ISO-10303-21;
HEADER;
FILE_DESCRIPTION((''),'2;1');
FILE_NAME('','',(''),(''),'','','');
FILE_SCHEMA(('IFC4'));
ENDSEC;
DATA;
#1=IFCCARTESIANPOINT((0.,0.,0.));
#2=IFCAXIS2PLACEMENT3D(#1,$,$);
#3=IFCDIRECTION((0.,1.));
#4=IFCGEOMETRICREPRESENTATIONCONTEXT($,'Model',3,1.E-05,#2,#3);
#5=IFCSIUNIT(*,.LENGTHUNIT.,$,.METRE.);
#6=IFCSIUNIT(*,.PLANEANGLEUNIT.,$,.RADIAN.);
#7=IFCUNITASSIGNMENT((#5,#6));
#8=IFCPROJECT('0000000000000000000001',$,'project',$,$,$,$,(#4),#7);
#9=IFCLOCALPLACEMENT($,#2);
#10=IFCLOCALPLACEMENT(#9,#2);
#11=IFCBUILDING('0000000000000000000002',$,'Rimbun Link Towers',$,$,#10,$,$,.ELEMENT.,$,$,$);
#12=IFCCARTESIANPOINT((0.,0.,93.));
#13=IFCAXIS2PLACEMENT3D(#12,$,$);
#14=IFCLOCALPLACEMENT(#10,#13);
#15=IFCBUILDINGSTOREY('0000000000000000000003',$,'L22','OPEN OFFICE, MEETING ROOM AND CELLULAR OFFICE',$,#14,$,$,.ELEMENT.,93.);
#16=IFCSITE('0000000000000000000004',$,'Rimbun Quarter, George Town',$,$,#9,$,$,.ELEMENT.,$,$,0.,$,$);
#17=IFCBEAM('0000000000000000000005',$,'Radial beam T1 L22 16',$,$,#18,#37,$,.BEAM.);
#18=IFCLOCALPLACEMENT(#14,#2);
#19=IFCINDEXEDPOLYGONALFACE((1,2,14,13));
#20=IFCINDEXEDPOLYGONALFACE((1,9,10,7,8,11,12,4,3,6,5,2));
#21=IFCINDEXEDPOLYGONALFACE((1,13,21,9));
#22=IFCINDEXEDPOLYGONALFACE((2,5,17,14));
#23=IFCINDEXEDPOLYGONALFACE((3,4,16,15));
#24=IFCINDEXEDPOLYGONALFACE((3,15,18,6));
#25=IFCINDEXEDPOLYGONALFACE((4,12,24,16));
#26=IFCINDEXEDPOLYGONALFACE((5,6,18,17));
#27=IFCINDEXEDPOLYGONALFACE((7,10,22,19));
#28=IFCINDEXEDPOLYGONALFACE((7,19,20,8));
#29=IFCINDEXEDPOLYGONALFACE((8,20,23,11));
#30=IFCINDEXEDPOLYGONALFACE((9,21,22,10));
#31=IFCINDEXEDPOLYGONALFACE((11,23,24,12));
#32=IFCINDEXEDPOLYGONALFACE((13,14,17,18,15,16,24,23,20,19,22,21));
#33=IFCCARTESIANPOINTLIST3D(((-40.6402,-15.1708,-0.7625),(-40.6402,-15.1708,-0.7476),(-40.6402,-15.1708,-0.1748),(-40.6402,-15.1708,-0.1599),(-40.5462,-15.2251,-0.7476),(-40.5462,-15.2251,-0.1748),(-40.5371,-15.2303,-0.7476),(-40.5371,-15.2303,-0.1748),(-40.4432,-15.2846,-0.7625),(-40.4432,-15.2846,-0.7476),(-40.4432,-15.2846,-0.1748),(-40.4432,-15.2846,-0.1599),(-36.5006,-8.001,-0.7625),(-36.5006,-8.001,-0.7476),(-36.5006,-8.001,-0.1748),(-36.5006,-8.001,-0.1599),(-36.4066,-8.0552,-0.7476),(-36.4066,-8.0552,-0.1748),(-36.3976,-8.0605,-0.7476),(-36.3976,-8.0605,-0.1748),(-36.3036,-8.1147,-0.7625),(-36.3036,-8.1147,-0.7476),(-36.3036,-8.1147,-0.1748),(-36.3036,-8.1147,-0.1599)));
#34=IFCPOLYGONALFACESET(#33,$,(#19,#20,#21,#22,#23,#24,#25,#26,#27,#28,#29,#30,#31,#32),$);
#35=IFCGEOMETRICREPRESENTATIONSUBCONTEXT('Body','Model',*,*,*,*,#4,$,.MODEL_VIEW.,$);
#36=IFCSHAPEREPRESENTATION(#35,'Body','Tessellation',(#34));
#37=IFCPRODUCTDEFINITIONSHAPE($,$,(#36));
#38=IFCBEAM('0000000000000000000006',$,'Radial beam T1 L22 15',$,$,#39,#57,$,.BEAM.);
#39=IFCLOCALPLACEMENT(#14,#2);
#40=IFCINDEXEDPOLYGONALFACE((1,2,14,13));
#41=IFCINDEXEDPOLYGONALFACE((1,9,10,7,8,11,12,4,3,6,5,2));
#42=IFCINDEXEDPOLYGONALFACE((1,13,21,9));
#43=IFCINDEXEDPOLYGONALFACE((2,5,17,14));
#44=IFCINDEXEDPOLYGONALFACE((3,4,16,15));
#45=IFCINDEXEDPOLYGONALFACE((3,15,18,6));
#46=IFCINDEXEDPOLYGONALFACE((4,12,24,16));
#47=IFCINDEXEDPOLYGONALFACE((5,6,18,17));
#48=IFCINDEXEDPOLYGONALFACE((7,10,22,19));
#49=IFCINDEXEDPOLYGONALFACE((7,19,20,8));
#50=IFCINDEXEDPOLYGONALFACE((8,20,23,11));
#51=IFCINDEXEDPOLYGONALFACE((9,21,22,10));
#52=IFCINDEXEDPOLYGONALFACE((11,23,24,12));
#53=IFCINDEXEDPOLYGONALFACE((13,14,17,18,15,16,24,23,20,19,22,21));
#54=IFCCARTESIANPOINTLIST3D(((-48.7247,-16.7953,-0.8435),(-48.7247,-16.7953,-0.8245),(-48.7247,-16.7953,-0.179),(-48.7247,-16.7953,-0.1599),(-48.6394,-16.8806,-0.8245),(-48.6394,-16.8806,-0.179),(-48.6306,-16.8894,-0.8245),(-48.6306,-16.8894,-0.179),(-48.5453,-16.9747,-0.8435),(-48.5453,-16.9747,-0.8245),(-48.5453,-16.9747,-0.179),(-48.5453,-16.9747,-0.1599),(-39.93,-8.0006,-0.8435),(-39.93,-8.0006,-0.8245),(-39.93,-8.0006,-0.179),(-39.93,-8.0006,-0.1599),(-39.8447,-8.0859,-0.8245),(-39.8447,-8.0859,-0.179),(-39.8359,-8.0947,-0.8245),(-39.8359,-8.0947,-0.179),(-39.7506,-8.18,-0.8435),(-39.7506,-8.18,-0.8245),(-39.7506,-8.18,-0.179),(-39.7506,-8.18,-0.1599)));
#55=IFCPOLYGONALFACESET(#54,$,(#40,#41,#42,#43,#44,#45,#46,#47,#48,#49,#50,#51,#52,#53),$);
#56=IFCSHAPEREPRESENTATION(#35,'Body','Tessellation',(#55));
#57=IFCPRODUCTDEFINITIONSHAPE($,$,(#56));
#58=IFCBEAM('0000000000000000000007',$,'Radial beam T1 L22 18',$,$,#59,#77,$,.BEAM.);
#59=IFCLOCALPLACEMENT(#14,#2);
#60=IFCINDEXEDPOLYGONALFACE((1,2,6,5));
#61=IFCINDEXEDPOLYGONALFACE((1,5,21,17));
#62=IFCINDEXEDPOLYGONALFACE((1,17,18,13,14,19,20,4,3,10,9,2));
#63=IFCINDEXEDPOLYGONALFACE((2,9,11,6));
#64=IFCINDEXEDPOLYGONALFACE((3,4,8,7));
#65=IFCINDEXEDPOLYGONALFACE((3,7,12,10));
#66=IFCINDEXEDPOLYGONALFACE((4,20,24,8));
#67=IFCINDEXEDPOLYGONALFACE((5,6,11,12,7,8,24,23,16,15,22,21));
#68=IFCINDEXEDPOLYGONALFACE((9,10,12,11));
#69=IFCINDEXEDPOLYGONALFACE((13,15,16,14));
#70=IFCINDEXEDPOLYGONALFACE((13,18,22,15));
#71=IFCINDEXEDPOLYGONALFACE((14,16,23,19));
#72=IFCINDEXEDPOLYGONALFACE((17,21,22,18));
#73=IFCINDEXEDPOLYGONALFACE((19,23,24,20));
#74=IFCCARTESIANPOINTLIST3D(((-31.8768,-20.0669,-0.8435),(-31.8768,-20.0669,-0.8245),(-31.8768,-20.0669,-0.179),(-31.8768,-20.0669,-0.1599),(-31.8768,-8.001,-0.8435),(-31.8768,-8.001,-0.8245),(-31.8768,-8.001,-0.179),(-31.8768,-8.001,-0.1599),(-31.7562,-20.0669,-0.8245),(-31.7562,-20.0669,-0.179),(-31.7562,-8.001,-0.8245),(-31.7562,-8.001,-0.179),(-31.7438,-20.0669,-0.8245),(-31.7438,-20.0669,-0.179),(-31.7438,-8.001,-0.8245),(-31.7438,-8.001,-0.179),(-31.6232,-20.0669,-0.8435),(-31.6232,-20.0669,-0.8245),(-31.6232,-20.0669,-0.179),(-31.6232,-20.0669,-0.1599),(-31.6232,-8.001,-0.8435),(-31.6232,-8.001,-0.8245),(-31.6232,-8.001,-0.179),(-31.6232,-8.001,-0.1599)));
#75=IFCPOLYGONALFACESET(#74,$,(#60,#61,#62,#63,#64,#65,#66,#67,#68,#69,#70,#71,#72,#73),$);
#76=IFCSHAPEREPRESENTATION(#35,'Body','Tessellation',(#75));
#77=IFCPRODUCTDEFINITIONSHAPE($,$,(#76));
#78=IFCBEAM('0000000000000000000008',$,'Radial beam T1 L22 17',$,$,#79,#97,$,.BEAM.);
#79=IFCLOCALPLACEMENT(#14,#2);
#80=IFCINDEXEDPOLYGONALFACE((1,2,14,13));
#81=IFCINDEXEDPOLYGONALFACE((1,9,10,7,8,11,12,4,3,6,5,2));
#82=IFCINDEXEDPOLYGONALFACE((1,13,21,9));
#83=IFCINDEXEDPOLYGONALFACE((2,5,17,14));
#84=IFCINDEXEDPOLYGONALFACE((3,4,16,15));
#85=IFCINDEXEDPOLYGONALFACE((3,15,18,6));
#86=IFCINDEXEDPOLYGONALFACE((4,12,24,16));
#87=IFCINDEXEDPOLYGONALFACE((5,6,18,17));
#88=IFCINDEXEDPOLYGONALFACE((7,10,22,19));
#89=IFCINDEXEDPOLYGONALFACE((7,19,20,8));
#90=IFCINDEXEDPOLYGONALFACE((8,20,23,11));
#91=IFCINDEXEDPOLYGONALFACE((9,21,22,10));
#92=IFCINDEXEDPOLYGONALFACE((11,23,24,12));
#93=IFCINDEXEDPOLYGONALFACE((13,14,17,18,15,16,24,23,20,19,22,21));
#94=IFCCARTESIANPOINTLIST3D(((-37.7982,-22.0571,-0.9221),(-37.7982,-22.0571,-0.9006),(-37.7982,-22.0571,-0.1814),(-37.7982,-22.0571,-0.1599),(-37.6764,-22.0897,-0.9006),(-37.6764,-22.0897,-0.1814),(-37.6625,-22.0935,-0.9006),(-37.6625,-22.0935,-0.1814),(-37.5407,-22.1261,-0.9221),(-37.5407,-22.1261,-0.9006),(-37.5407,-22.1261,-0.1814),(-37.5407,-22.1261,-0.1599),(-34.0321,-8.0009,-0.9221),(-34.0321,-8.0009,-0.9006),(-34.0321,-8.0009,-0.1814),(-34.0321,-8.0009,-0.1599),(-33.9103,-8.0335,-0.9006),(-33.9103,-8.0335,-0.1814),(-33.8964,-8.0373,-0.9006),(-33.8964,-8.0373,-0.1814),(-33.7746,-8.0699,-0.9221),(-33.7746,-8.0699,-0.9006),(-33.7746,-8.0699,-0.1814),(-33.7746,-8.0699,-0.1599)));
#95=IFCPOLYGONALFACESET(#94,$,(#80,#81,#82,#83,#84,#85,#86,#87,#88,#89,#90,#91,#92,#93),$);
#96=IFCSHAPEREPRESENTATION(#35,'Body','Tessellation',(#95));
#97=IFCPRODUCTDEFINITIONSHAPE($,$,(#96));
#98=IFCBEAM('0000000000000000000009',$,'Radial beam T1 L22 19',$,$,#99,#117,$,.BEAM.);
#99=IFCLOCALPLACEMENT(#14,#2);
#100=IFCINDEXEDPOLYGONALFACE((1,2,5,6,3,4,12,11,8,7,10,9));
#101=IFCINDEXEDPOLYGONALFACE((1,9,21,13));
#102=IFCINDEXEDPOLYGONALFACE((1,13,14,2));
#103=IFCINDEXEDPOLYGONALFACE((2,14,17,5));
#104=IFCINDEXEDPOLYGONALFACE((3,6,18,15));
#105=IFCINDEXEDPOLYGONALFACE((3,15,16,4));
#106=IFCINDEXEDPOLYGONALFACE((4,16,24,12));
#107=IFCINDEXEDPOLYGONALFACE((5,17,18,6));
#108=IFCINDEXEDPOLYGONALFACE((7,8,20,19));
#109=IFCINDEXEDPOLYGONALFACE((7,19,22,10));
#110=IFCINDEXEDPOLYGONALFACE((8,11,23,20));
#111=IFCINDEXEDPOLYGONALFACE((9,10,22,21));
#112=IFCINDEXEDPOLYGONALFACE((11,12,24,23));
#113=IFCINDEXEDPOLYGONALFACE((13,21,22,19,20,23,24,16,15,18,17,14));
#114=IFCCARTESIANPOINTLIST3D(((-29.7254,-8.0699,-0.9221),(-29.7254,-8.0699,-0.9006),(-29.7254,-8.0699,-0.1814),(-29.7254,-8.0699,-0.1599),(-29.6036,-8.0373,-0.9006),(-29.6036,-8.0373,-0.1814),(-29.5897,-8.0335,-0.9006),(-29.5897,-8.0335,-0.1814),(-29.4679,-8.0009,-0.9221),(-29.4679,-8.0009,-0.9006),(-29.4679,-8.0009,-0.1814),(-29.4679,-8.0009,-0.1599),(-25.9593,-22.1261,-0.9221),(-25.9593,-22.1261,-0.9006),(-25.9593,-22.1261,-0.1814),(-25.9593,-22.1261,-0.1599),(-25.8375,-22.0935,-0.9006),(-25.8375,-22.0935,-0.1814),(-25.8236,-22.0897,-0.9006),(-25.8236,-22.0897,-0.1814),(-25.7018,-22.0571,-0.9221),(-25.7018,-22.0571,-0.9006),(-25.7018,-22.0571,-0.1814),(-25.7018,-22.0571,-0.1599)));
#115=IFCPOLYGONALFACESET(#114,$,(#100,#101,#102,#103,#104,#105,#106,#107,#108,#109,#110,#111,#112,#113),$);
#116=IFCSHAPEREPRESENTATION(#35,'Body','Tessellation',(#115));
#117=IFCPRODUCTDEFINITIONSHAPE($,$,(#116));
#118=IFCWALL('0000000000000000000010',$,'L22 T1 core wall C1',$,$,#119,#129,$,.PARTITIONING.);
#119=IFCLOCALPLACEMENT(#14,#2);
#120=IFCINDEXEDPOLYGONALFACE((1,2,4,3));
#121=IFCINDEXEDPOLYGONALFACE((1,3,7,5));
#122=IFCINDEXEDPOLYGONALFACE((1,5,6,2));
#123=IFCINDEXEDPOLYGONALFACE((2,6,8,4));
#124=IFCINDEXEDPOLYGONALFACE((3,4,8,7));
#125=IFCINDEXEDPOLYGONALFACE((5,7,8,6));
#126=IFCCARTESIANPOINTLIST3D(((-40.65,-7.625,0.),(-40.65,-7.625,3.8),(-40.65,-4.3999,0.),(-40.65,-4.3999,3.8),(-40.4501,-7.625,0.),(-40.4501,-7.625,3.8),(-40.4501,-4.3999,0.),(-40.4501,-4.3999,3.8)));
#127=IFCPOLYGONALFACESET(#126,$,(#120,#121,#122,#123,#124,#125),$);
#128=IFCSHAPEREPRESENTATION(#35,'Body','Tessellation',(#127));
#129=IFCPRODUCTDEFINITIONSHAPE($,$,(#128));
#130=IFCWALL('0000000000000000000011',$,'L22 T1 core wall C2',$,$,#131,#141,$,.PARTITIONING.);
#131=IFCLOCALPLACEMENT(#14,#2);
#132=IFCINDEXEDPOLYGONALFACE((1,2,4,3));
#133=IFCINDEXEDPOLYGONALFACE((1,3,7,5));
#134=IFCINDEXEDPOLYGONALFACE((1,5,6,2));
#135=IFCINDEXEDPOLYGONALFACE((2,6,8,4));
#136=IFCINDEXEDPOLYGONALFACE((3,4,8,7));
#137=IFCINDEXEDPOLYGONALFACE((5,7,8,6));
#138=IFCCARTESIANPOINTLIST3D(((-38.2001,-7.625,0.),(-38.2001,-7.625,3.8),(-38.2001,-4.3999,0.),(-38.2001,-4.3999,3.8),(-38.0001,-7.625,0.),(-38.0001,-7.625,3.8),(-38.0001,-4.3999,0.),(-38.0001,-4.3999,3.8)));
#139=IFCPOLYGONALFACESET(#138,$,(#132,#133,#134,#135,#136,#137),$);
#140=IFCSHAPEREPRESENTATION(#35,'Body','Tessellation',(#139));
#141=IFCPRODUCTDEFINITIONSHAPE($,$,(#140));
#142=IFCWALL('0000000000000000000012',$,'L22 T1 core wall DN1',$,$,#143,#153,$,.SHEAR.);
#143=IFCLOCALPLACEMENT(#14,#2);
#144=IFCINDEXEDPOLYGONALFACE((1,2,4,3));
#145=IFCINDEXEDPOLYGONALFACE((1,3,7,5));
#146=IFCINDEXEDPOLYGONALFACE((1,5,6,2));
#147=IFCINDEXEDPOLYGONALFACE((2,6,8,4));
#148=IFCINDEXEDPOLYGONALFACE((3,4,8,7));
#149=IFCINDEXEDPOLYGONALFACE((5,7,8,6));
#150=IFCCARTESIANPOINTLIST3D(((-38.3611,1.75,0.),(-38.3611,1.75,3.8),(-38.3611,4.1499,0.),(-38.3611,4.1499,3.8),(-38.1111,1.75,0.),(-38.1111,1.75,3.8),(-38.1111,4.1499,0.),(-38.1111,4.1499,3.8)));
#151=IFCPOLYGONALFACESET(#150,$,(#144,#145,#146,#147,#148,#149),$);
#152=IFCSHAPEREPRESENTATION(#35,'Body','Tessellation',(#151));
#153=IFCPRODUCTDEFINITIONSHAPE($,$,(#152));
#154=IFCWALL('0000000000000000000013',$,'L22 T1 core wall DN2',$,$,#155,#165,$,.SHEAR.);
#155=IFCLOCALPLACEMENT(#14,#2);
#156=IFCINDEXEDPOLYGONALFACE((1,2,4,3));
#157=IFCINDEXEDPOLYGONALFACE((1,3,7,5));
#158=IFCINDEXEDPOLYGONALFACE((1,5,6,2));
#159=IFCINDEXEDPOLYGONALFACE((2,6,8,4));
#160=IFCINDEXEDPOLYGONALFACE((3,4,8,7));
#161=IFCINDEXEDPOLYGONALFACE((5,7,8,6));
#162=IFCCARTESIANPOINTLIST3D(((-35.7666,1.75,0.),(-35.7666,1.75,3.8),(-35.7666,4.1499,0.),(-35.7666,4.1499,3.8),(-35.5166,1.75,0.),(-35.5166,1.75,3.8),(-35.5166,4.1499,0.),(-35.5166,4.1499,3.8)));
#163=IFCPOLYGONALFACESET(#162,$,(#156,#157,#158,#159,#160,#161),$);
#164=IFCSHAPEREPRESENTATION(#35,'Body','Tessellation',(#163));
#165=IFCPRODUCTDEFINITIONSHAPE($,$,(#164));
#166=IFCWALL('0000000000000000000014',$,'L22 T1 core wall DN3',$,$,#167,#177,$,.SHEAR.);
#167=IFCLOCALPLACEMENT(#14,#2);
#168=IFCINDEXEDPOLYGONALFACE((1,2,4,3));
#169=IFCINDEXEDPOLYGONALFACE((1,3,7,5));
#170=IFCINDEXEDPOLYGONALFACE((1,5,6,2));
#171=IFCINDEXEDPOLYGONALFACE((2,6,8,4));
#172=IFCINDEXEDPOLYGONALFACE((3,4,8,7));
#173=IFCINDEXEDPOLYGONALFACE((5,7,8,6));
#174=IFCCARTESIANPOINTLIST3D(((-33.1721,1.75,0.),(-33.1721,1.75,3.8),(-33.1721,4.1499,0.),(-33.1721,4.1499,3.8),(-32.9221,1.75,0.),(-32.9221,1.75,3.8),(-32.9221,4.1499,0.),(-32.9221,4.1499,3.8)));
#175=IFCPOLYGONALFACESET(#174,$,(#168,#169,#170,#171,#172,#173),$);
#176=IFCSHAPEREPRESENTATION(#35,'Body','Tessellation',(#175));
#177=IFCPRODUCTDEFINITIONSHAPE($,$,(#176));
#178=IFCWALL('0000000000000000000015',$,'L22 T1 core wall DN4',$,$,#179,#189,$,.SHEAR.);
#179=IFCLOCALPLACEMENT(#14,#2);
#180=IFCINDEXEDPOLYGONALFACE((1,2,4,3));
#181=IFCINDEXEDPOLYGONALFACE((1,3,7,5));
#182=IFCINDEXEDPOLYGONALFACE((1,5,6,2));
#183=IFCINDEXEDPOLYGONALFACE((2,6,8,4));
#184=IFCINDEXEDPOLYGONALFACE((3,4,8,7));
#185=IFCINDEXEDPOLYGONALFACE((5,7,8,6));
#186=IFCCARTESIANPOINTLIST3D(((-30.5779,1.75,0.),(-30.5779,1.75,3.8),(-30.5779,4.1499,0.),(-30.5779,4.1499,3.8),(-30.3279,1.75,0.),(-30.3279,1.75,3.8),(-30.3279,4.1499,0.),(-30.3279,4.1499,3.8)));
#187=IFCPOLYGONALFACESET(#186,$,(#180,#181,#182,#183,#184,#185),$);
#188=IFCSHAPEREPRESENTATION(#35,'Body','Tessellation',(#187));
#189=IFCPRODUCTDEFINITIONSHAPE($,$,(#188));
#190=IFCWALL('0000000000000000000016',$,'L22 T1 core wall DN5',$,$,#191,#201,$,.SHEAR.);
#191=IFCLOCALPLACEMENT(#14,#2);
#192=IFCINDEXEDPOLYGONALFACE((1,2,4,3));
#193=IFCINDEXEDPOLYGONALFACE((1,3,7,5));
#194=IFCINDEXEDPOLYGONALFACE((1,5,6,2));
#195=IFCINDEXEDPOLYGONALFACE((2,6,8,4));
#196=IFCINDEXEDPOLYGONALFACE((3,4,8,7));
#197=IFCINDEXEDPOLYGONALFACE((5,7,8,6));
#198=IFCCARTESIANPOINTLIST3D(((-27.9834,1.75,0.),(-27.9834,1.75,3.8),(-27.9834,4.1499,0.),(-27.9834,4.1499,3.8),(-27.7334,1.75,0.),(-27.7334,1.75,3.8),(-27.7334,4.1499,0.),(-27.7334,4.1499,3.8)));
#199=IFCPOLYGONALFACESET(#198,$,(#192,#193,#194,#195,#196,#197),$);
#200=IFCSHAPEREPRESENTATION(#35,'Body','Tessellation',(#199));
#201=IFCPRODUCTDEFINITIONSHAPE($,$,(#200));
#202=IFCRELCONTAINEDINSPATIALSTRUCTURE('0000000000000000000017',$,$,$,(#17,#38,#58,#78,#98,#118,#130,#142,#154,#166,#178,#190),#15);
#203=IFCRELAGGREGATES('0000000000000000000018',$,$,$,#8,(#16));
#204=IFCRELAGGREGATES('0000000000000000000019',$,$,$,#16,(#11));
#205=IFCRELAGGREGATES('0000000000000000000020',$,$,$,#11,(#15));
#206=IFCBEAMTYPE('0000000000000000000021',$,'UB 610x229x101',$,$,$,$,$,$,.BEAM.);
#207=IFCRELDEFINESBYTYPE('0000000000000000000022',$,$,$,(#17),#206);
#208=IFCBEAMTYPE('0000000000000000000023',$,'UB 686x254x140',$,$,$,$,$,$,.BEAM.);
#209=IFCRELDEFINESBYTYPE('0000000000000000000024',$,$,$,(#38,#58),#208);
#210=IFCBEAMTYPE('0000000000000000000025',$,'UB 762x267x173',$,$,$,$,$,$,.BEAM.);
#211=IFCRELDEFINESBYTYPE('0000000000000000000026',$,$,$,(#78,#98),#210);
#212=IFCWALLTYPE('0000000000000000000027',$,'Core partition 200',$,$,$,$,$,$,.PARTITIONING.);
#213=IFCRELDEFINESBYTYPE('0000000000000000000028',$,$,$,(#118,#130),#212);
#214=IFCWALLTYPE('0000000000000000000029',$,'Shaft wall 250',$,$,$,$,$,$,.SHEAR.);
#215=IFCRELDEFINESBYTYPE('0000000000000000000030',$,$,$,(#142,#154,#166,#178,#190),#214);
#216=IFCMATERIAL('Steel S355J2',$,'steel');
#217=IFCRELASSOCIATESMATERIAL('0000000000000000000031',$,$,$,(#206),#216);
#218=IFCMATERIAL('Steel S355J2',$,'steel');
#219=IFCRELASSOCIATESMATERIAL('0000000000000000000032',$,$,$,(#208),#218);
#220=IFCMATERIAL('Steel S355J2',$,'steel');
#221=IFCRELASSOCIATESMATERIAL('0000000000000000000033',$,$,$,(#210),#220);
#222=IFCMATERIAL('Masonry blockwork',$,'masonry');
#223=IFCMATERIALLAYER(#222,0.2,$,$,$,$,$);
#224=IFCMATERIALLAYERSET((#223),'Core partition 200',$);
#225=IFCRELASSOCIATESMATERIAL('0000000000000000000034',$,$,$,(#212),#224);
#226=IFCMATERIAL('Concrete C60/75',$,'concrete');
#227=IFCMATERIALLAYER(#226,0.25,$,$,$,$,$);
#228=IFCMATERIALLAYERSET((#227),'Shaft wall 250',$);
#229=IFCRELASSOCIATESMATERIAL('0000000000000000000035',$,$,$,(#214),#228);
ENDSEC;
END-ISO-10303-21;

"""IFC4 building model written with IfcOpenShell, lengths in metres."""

from ifc_helpers import new_model, si_unit, direction, frame, frame_2d, origin, origin_2d, place, context, subcontext, project, spatial, rectangle, i_section, extrude, material, layer, layer_set, material_profile, profile_set, type_object, element, save


model = new_model("IFC4")

# Units and contexts
model_context = context("Model", 3, precision=1e-05, world=origin(), true_north=direction((0.0, 1.0)))
body_context = subcontext(model_context, "Body", "Model", "MODEL_VIEW")
ifc_project = project(units=[si_unit("LENGTHUNIT", "METRE"), si_unit("PLANEANGLEUNIT", "RADIAN")], contexts=[model_context])

# Site, building, storey
site_placement = place(None, origin())
site = spatial("IfcSite", under=ifc_project, at=site_placement, Name="Rimbun Quarter, George Town", CompositionType="ELEMENT", RefElevation=0.0)
building_placement = place(site_placement, origin())
building = spatial("IfcBuilding", under=site, at=building_placement, Name="Rimbun Link Towers", CompositionType="ELEMENT")
storey_placement = place(building_placement, frame((0.0, 0.0, 93.0)))
storey = spatial("IfcBuildingStorey", under=building, at=storey_placement, Name="L22", Description="OPEN OFFICE, MEETING ROOM AND CELLULAR OFFICE", CompositionType="ELEMENT", Elevation=93.0)

# Beams
ifc_material_1 = material(Name="Steel S355J2", Category="steel")
ifc_material_profile_1 = material_profile(ifc_material_1, i_section(OverallWidth=0.2275, OverallDepth=0.6025, WebThickness=0.0105, FlangeThickness=0.0149, at=origin_2d()), Name="UB 610x229x101")
ifc_profile_set_1 = profile_set([ifc_material_profile_1], Name="Steel S355J2")
beam_type_1 = type_object("IfcBeamType", Name="UB 610x229x101", PredefinedType="BEAM", material=ifc_profile_set_1)
beam_1_placement = place(storey_placement, frame((-36.4021, -8.0579, -0.4612), z_axis=(-0.500008, -0.866021, 0.0), x_axis=(0.866021, -0.500008, 0.0)))
element("IfcBeam", 1, at=beam_1_placement, inside=storey, type_object=beam_type_1, Name="Radial beam T1 L22 16", PredefinedType="BEAM", context=body_context, shape_type="SweptSolid", body=[
    extrude(i_section(OverallWidth=0.2275, OverallDepth=0.6025, WebThickness=0.0105, FlangeThickness=0.0149, at=origin_2d()), origin(), (0.0, 0.0, 1.0), 8.2791),
])
ifc_material_2 = material(Name="Steel S355J2", Category="steel")
ifc_material_profile_2 = material_profile(ifc_material_2, i_section(OverallWidth=0.2537, OverallDepth=0.6836, WebThickness=0.0125, FlangeThickness=0.019, at=origin_2d()), Name="UB 686x254x140")
ifc_profile_set_2 = profile_set([ifc_material_profile_2], Name="Steel S355J2")
beam_type_2 = type_object("IfcBeamType", Name="UB 686x254x140", PredefinedType="BEAM", material=ifc_profile_set_2)
beam_2_placement = place(storey_placement, frame((-39.8403, -8.0903, -0.5017), z_axis=(-0.707107, -0.707107, 0.0), x_axis=(0.707107, -0.707107, 0.0)))
element("IfcBeam", 2, at=beam_2_placement, inside=storey, type_object=beam_type_2, Name="Radial beam T1 L22 15", PredefinedType="BEAM", context=body_context, shape_type="SweptSolid", body=[
    extrude(i_section(OverallWidth=0.2537, OverallDepth=0.6836, WebThickness=0.0125, FlangeThickness=0.019, at=origin_2d()), origin(), (0.0, 0.0, 1.0), 12.4375),
])
beam_3_placement = place(storey_placement, frame((-31.75, -8.001, -0.5017), z_axis=(0.0, -1.0, 0.0), x_axis=(1.0, 0.0, 0.0)))
element("IfcBeam", 3, at=beam_3_placement, inside=storey, type_object=beam_type_2, Name="Radial beam T1 L22 18", PredefinedType="BEAM", context=body_context, shape_type="SweptSolid", body=[
    extrude(i_section(OverallWidth=0.2537, OverallDepth=0.6836, WebThickness=0.0125, FlangeThickness=0.019, at=origin_2d()), origin(), (0.0, 0.0, 1.0), 12.0659),
])
ifc_material_3 = material(Name="Steel S355J2", Category="steel")
ifc_material_profile_3 = material_profile(ifc_material_3, i_section(OverallWidth=0.2666, OverallDepth=0.7622, WebThickness=0.0144, FlangeThickness=0.0215, at=origin_2d()), Name="UB 762x267x173")
ifc_profile_set_3 = profile_set([ifc_material_profile_3], Name="Steel S355J2")
beam_type_3 = type_object("IfcBeamType", Name="UB 762x267x173", PredefinedType="BEAM", material=ifc_profile_set_3)
for number, where, z_axis, x_axis, name in (
    (4, (-33.9033, -8.0354, -0.541), (-0.258805, -0.96593, 0.0), (0.96593, -0.258805, 0.0), "Radial beam T1 L22 17"),
    (5, (-29.5967, -8.0354, -0.541), (0.258805, -0.96593, 0.0), (0.96593, 0.258805, 0.0), "Radial beam T1 L22 19"),
):
    element("IfcBeam", number, at=place(storey_placement, frame(where, z_axis=z_axis, x_axis=x_axis)), inside=storey, type_object=beam_type_3, Name=name, PredefinedType="BEAM", context=body_context, shape_type="SweptSolid", body=[
        extrude(i_section(OverallWidth=0.2666, OverallDepth=0.7622, WebThickness=0.0144, FlangeThickness=0.0215, at=origin_2d()), origin(), (0.0, 0.0, 1.0), 14.552),
    ])

# Walls
ifc_material_4 = material(Name="Masonry blockwork", Category="masonry")
ifc_layer_1 = layer(ifc_material_4, 0.2)
ifc_layer_set_1 = layer_set([ifc_layer_1], Name="Core partition 200")
wall_type_1 = type_object("IfcWallType", Name="Core partition 200", PredefinedType="PARTITIONING", material=ifc_layer_set_1)
for number, where, z_axis, x_axis, name in (
    (6, (-40.55, -4.3999, 0.0), (0.0, 0.0, 1.0), (0.0, -1.0, 0.0), "L22 T1 core wall C1"),
    (7, (-38.1001, -4.3999, 0.0), (0.0, 0.0, 1.0), (0.0, -1.0, 0.0), "L22 T1 core wall C2"),
):
    element("IfcWall", number, at=place(storey_placement, frame(where, z_axis=z_axis, x_axis=x_axis)), inside=storey, type_object=wall_type_1, Name=name, PredefinedType="PARTITIONING", context=body_context, shape_type="SweptSolid", body=[
        extrude(rectangle(XDim=3.2251, YDim=0.2, at=frame_2d((1.6125, 0.0))), origin(), (0.0, 0.0, 1.0), 3.8),
    ])
ifc_material_5 = material(Name="Concrete C60/75", Category="concrete")
ifc_layer_2 = layer(ifc_material_5, 0.25)
ifc_layer_set_2 = layer_set([ifc_layer_2], Name="Shaft wall 250")
wall_type_2 = type_object("IfcWallType", Name="Shaft wall 250", PredefinedType="SHEAR", material=ifc_layer_set_2)
for number, where, z_axis, x_axis, name in (
    (8, (-38.2361, 1.75, 0.0), (0.0, 0.0, 1.0), (0.0, 1.0, 0.0), "L22 T1 core wall DN1"),
    (9, (-35.6416, 1.75, 0.0), (0.0, 0.0, 1.0), (0.0, 1.0, 0.0), "L22 T1 core wall DN2"),
    (10, (-33.0471, 1.75, 0.0), (0.0, 0.0, 1.0), (0.0, 1.0, 0.0), "L22 T1 core wall DN3"),
    (11, (-30.4529, 1.75, 0.0), (0.0, 0.0, 1.0), (0.0, 1.0, 0.0), "L22 T1 core wall DN4"),
    (12, (-27.8584, 1.75, 0.0), (0.0, 0.0, 1.0), (0.0, 1.0, 0.0), "L22 T1 core wall DN5"),
):
    element("IfcWall", number, at=place(storey_placement, frame(where, z_axis=z_axis, x_axis=x_axis)), inside=storey, type_object=wall_type_2, Name=name, PredefinedType="SHEAR", context=body_context, shape_type="SweptSolid", body=[
        extrude(rectangle(XDim=2.3999, YDim=0.25, at=frame_2d((1.2, 0.0))), origin(), (0.0, 0.0, 1.0), 3.8),
    ])

save(model, "model.ifc")
